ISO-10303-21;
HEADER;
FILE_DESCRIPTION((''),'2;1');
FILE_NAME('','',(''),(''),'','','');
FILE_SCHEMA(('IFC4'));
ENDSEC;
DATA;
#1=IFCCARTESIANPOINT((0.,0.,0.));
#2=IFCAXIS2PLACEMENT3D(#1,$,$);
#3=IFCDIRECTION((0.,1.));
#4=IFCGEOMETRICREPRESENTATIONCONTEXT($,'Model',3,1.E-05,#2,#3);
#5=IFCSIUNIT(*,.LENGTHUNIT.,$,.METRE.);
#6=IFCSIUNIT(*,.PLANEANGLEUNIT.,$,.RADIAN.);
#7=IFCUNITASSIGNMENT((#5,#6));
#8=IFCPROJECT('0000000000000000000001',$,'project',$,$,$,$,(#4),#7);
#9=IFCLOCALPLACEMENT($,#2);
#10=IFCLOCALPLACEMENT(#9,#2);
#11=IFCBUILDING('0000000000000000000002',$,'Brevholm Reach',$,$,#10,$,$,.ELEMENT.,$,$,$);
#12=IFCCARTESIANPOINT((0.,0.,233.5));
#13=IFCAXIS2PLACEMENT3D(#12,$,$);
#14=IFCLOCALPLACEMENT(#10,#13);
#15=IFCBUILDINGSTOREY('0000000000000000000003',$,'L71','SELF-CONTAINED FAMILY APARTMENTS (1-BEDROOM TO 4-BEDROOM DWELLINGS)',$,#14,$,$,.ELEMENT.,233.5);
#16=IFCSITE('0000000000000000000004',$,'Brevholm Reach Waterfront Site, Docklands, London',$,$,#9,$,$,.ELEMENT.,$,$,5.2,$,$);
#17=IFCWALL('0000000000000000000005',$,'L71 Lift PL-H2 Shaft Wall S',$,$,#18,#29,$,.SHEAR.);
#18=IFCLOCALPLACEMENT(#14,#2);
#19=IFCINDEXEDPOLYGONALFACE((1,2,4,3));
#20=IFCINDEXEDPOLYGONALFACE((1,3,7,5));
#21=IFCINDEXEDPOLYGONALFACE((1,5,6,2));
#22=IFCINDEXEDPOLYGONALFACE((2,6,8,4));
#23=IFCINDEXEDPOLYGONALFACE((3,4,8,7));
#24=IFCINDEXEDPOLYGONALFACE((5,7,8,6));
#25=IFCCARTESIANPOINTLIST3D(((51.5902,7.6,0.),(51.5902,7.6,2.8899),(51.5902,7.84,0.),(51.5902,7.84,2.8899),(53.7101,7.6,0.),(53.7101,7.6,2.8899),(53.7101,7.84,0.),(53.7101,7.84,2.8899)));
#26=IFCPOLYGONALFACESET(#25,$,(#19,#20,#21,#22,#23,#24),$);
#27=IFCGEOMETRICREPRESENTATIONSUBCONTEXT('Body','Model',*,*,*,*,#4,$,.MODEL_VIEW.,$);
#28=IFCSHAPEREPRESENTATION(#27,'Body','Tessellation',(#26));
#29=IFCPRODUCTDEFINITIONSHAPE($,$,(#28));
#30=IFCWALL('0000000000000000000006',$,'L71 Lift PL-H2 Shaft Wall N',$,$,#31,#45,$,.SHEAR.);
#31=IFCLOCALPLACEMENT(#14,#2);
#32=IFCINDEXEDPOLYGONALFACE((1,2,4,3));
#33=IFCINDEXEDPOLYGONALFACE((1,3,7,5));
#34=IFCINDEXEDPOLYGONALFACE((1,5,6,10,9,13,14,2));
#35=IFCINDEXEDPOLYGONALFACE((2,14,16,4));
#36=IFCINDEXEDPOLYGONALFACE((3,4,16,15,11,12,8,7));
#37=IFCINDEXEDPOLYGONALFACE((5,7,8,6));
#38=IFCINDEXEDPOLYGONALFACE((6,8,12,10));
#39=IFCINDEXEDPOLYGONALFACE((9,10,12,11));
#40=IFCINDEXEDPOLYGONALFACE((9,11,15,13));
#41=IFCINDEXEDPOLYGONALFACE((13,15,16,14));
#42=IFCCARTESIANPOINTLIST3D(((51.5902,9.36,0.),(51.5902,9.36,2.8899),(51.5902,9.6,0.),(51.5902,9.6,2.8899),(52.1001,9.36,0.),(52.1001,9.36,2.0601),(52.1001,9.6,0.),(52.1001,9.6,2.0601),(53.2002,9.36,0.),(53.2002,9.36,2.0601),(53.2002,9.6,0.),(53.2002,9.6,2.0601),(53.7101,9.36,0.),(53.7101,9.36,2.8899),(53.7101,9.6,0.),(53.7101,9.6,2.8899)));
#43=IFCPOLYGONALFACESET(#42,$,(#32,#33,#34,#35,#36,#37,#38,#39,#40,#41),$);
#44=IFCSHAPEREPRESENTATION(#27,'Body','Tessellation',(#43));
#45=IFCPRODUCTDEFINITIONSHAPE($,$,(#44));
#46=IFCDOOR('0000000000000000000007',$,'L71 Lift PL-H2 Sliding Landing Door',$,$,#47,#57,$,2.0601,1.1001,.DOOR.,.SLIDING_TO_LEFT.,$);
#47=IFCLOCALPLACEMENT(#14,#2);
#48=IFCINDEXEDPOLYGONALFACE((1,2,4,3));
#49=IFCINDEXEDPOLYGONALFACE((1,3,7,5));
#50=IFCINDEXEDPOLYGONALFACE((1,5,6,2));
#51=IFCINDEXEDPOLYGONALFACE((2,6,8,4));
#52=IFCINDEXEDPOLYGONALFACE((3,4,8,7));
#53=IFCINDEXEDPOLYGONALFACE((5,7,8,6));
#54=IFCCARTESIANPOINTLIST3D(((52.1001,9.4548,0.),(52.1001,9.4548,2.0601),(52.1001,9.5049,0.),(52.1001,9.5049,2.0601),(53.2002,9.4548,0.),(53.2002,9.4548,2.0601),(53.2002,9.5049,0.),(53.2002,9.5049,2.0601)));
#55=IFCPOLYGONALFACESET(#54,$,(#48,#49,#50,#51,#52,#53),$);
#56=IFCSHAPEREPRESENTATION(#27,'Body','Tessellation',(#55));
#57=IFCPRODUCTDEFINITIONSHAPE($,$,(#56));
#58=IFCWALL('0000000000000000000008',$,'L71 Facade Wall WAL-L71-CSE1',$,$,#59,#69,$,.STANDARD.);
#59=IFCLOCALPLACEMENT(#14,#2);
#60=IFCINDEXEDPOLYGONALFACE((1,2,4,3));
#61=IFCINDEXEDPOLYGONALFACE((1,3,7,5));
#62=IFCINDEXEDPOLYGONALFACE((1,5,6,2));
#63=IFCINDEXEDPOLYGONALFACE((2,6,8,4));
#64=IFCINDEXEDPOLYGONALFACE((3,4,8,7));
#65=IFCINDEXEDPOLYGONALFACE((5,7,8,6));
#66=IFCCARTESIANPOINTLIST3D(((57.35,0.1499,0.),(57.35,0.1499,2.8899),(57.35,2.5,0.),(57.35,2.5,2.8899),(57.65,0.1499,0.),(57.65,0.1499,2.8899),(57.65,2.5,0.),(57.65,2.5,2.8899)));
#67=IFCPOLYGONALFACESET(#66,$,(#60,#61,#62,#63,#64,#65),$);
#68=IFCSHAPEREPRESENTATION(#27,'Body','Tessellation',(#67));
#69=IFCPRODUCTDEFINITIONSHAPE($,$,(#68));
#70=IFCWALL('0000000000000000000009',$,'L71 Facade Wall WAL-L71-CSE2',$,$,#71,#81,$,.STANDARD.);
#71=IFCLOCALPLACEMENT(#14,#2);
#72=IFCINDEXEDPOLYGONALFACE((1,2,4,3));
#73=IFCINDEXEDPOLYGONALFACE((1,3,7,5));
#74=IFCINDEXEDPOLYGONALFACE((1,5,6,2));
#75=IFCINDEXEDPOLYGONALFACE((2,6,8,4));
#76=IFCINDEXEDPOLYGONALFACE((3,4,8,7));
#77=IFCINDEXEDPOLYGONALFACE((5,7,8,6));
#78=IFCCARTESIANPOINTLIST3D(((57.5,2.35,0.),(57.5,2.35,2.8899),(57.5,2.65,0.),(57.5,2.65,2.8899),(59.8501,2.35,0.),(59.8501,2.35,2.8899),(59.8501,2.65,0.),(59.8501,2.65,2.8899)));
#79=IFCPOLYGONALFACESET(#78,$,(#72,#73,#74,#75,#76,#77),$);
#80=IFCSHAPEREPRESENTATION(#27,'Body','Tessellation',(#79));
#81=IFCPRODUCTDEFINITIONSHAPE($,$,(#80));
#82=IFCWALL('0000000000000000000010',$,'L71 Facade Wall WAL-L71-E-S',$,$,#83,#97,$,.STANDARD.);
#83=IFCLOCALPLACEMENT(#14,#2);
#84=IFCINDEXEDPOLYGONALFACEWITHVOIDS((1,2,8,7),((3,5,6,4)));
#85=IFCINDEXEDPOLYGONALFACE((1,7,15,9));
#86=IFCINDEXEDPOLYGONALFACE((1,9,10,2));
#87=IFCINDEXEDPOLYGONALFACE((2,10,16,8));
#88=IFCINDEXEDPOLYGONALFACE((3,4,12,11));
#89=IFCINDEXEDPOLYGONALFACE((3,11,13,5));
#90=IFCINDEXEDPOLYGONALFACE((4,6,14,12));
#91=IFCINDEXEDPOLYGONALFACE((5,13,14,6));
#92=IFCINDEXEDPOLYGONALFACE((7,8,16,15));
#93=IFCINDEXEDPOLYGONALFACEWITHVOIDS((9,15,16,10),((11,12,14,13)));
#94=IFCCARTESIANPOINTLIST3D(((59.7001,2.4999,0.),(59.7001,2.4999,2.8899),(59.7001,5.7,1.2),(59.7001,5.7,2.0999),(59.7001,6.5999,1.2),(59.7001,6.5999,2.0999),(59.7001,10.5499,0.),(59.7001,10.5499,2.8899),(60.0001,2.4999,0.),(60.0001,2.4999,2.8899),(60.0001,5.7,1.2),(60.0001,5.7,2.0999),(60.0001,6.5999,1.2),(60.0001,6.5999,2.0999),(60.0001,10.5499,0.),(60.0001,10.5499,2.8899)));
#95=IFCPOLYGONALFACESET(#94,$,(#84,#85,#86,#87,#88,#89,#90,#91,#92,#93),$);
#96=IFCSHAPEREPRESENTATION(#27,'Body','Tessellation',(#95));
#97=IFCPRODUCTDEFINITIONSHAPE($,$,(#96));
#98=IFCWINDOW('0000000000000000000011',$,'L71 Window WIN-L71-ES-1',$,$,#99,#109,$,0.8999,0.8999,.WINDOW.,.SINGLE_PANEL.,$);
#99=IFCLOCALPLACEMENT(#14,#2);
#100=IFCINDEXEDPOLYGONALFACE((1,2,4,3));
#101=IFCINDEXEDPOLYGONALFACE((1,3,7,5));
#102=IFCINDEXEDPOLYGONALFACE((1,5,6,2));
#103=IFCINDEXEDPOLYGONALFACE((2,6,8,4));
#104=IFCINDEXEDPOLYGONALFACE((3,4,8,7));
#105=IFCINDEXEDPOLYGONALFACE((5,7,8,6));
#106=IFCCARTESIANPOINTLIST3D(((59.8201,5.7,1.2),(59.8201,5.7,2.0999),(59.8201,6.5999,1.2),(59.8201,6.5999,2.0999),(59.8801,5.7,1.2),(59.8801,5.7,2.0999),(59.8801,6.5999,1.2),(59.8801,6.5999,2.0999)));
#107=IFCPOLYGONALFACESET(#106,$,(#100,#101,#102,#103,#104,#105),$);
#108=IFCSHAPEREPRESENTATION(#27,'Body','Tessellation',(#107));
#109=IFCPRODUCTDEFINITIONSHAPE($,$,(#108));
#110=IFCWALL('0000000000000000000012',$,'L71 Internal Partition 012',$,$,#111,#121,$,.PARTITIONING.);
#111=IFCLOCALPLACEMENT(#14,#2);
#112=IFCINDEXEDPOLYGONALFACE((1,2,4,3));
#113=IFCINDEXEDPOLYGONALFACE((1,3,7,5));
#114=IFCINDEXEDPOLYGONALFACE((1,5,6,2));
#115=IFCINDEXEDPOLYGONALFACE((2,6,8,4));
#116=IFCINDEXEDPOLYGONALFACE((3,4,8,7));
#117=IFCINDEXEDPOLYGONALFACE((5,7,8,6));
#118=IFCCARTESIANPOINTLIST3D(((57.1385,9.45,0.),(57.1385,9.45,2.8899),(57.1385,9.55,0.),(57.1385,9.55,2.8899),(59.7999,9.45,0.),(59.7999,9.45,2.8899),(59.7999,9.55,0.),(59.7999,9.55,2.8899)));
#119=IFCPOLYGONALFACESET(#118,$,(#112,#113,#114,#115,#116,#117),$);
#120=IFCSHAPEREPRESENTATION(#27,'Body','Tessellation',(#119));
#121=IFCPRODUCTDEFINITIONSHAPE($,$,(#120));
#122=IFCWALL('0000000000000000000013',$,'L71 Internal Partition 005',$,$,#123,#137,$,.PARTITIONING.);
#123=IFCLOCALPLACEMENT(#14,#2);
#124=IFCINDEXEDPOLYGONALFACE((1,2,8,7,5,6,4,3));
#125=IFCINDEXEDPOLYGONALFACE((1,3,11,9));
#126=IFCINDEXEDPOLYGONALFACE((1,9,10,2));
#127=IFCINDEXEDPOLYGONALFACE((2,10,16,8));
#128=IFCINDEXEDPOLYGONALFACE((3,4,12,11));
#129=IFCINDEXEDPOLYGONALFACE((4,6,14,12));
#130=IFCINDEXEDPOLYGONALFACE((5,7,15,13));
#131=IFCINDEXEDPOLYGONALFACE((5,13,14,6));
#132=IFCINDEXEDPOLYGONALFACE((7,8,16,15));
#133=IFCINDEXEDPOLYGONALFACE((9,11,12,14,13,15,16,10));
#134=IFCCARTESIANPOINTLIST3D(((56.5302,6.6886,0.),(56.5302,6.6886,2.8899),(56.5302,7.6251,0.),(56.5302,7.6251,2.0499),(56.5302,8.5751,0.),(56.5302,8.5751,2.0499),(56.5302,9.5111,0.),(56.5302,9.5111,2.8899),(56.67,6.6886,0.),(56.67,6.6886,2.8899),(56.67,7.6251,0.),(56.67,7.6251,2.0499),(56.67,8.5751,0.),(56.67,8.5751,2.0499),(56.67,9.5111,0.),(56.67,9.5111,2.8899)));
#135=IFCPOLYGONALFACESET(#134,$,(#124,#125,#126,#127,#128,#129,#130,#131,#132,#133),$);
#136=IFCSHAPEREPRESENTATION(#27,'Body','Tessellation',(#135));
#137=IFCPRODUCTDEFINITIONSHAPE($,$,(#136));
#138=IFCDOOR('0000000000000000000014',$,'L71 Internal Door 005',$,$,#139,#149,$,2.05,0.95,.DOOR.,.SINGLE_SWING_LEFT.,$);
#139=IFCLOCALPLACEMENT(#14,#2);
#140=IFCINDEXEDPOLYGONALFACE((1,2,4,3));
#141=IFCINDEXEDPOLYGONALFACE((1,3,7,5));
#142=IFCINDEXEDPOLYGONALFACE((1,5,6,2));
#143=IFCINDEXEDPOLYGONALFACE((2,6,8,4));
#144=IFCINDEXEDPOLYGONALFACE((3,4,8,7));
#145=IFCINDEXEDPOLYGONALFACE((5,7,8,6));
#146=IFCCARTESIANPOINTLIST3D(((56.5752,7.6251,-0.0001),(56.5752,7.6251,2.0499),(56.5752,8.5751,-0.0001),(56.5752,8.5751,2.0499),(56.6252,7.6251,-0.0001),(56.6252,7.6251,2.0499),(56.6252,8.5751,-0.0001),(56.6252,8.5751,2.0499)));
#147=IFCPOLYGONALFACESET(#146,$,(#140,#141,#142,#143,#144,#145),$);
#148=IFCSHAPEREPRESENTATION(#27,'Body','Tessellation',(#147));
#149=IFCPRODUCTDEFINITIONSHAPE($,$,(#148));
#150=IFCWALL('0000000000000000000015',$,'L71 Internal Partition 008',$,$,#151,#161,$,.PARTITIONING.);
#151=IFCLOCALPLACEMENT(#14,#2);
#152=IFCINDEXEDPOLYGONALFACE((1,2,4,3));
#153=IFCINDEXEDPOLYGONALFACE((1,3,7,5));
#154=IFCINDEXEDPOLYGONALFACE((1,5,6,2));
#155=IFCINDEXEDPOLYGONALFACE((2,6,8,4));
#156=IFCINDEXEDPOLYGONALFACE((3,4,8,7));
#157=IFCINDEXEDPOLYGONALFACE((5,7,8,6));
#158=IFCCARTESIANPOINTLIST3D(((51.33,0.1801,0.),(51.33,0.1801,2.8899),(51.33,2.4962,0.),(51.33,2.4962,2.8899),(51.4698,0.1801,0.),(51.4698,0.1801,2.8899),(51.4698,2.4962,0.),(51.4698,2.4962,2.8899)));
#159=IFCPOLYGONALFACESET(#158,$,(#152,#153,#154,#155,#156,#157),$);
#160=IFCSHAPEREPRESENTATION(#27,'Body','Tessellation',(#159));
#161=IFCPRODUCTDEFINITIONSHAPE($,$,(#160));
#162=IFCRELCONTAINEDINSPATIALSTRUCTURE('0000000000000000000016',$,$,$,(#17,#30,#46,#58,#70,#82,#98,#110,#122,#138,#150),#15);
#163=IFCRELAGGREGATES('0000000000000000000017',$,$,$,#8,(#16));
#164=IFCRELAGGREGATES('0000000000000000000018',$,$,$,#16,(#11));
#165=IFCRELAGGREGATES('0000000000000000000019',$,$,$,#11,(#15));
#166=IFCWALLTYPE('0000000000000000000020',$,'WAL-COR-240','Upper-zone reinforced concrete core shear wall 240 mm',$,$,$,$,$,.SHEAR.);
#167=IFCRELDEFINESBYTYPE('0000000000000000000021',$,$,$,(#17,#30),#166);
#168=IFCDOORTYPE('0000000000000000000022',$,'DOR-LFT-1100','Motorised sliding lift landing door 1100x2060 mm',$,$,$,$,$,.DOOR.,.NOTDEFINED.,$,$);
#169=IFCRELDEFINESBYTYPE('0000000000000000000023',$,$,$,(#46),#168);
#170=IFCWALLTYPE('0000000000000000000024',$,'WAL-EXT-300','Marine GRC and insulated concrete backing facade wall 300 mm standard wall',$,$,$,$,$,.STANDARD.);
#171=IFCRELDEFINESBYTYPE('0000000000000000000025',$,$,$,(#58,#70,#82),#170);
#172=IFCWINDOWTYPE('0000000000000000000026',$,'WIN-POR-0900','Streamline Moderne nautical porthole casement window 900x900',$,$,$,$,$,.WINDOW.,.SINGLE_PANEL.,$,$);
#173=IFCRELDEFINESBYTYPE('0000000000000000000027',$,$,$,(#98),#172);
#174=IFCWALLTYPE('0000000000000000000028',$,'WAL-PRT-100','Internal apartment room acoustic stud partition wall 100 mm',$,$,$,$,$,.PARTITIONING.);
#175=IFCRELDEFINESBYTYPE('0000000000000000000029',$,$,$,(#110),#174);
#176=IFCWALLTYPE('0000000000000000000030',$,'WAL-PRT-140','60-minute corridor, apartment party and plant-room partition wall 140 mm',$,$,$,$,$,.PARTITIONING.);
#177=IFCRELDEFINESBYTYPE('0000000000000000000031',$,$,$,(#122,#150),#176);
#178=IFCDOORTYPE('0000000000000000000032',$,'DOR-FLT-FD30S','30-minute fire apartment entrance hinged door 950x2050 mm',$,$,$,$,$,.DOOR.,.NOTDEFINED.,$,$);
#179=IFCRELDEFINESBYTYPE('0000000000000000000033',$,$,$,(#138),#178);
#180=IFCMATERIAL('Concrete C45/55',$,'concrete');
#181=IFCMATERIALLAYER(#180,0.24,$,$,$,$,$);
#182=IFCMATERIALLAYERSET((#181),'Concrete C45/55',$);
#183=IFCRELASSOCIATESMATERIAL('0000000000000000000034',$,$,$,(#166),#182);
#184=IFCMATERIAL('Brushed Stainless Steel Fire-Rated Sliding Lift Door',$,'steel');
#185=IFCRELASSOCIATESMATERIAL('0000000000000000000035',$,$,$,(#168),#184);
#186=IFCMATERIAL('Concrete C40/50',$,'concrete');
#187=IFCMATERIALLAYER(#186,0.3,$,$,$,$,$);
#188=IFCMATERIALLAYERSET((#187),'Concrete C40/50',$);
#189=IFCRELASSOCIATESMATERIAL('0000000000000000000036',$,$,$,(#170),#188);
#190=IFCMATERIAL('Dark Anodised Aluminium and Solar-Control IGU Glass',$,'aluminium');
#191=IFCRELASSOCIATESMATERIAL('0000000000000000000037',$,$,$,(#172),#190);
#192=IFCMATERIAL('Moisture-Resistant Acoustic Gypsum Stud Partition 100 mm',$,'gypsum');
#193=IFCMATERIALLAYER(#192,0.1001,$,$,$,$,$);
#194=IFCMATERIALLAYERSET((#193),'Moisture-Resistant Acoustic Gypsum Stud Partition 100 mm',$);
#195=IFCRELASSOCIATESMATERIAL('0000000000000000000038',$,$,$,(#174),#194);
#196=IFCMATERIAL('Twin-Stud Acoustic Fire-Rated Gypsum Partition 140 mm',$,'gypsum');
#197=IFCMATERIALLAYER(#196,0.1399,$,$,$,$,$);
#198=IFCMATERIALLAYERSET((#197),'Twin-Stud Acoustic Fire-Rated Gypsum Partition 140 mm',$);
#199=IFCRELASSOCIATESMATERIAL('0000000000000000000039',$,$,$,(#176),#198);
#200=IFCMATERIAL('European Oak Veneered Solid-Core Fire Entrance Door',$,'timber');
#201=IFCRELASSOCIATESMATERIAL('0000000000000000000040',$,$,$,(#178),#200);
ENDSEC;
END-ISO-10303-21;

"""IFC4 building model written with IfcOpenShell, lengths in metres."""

from ifc_helpers import new_model, si_unit, direction, frame, frame_2d, origin, place, context, subcontext, project, spatial, rectangle, extrude, material, layer, layer_set, type_object, element, fill, save


model = new_model("IFC4")

# Units and contexts
model_context = context("Model", 3, precision=1e-05, world=origin(), true_north=direction((0.0, 1.0)))
body_context = subcontext(model_context, "Body", "Model", "MODEL_VIEW")
ifc_project = project(units=[si_unit("LENGTHUNIT", "METRE"), si_unit("PLANEANGLEUNIT", "RADIAN")], contexts=[model_context])

# Site, building, storey
site_placement = place(None, origin())
site = spatial("IfcSite", under=ifc_project, at=site_placement, Name="Brevholm Reach Waterfront Site, Docklands, London", CompositionType="ELEMENT", RefElevation=5.2)
building_placement = place(site_placement, origin())
building = spatial("IfcBuilding", under=site, at=building_placement, Name="Brevholm Reach", CompositionType="ELEMENT")
storey_placement = place(building_placement, frame((0.0, 0.0, 233.5)))
storey = spatial("IfcBuildingStorey", under=building, at=storey_placement, Name="L71", Description="SELF-CONTAINED FAMILY APARTMENTS (1-BEDROOM TO 4-BEDROOM DWELLINGS)", CompositionType="ELEMENT", Elevation=233.5)

# Wall
ifc_material_1 = material(Name="Concrete C45/55", Category="concrete")
ifc_layer_1 = layer(ifc_material_1, 0.24)
ifc_layer_set_1 = layer_set([ifc_layer_1], Name="Concrete C45/55")
wall_type_1 = type_object("IfcWallType", Name="WAL-COR-240", Description="Upper-zone reinforced concrete core shear wall 240 mm", PredefinedType="SHEAR", material=ifc_layer_set_1)
wall_1_placement = place(storey_placement, frame((51.5901, 7.72, 0.0), z_axis=(0.0, 0.0, 1.0), x_axis=(1.0, 0.0, 0.0)))
element("IfcWall", 1, at=wall_1_placement, inside=storey, type_object=wall_type_1, Name="L71 Lift PL-H2 Shaft Wall S", PredefinedType="SHEAR", context=body_context, shape_type="SweptSolid", body=[
    extrude(rectangle(XDim=2.1199, YDim=0.24, at=frame_2d((1.0601, 0.0))), origin(), (0.0, 0.0, 1.0), 2.8899),
])

# Wall, opening, door
wall_2_placement = place(storey_placement, frame((51.5901, 9.48, 0.0), z_axis=(0.0, 0.0, 1.0), x_axis=(1.0, 0.0, 0.0)))
wall_2 = element("IfcWall", 2, at=wall_2_placement, inside=storey, type_object=wall_type_1, Name="L71 Lift PL-H2 Shaft Wall N", PredefinedType="SHEAR", context=body_context, shape_type="SweptSolid", body=[
    extrude(rectangle(XDim=2.1199, YDim=0.24, at=frame_2d((1.0601, 0.0))), origin(), (0.0, 0.0, 1.0), 2.8899),
])
opening_1_placement = place(wall_2_placement, frame((0.51, 0.0, 0.0)))
opening_1 = element("IfcOpeningElement", 3, at=opening_1_placement, cuts=wall_2, PredefinedType="OPENING", context=body_context, shape_type="SweptSolid", body=[
    extrude(rectangle(XDim=1.1001, YDim=2.0601, at=frame_2d((0.55, 1.03))), frame((0.0, 0.1299, 0.0), z_axis=(0.0, -1.0, 0.0), x_axis=(1.0, 0.0, 0.0)), (0.0, 0.0, 1.0), 0.26),
])
ifc_material_2 = material(Name="Brushed Stainless Steel Fire-Rated Sliding Lift Door", Category="steel")
door_type_1 = type_object("IfcDoorType", Name="DOR-LFT-1100", Description="Motorised sliding lift landing door 1100x2060 mm", OperationType="NOTDEFINED", PredefinedType="DOOR", material=ifc_material_2)
door_1_placement = place(opening_1_placement, origin())
door_1 = element("IfcDoor", 4, at=door_1_placement, inside=storey, type_object=door_type_1, Name="L71 Lift PL-H2 Sliding Landing Door", OperationType="SLIDING_TO_LEFT", OverallHeight=2.0601, OverallWidth=1.1001, PredefinedType="DOOR", context=body_context, shape_type="SweptSolid", body=[
    extrude(rectangle(XDim=1.1001, YDim=2.0601, at=frame_2d((0.55, 1.03))), frame((0.0, 0.0249, 0.0), z_axis=(0.0, -1.0, 0.0), x_axis=(1.0, 0.0, 0.0)), (0.0, 0.0, 1.0), 0.05),
])
fill(opening_1, door_1)

# Walls
ifc_material_3 = material(Name="Concrete C40/50", Category="concrete")
ifc_layer_2 = layer(ifc_material_3, 0.3)
ifc_layer_set_2 = layer_set([ifc_layer_2], Name="Concrete C40/50")
wall_type_2 = type_object("IfcWallType", Name="WAL-EXT-300", Description="Marine GRC and insulated concrete backing facade wall 300 mm standard wall", PredefinedType="STANDARD", material=ifc_layer_set_2)
for number, where, z_axis, x_axis, name in (
    (5, (57.5, 0.1499, 0.0), (0.0, 0.0, 1.0), (0.0, 1.0, 0.0), "L71 Facade Wall WAL-L71-CSE1"),
    (6, (57.5, 2.5, 0.0), (0.0, 0.0, 1.0), (1.0, 0.0, 0.0), "L71 Facade Wall WAL-L71-CSE2"),
):
    element("IfcWall", number, at=place(storey_placement, frame(where, z_axis=z_axis, x_axis=x_axis)), inside=storey, type_object=wall_type_2, Name=name, PredefinedType="STANDARD", context=body_context, shape_type="SweptSolid", body=[
        extrude(rectangle(XDim=2.3501, YDim=0.3, at=frame_2d((1.175, 0.0))), origin(), (0.0, 0.0, 1.0), 2.8899),
    ])

# Wall, opening, window
wall_3_placement = place(storey_placement, frame((59.8501, 2.5, 0.0), z_axis=(0.0, 0.0, 1.0), x_axis=(0.0, 1.0, 0.0)))
wall_3 = element("IfcWall", 7, at=wall_3_placement, inside=storey, type_object=wall_type_2, Name="L71 Facade Wall WAL-L71-E-S", PredefinedType="STANDARD", context=body_context, shape_type="SweptSolid", body=[
    extrude(rectangle(XDim=8.05, YDim=0.3, at=frame_2d((4.0249, 0.0))), origin(), (0.0, 0.0, 1.0), 2.8899),
])
opening_2_placement = place(wall_3_placement, frame((3.2, 0.0, 1.2)))
opening_2 = element("IfcOpeningElement", 8, at=opening_2_placement, cuts=wall_3, PredefinedType="OPENING", context=body_context, shape_type="SweptSolid", body=[
    extrude(rectangle(XDim=0.8999, YDim=0.8999, at=frame_2d((0.45, 0.45))), frame((0.0, 0.1599, 0.0), z_axis=(0.0, -1.0, 0.0), x_axis=(1.0, 0.0, 0.0)), (0.0, 0.0, 1.0), 0.3201),
])
ifc_material_4 = material(Name="Dark Anodised Aluminium and Solar-Control IGU Glass", Category="aluminium")
window_type = type_object("IfcWindowType", Name="WIN-POR-0900", Description="Streamline Moderne nautical porthole casement window 900x900", PartitioningType="SINGLE_PANEL", PredefinedType="WINDOW", material=ifc_material_4)
window_placement = place(opening_2_placement, origin())
window = element("IfcWindow", 9, at=window_placement, inside=storey, type_object=window_type, Name="L71 Window WIN-L71-ES-1", OverallHeight=0.8999, OverallWidth=0.8999, PartitioningType="SINGLE_PANEL", PredefinedType="WINDOW", context=body_context, shape_type="SweptSolid", body=[
    extrude(rectangle(XDim=0.8999, YDim=0.8999, at=frame_2d((0.45, 0.45))), frame((0.0, 0.03, 0.0), z_axis=(0.0, -1.0, 0.0), x_axis=(1.0, 0.0, 0.0)), (0.0, 0.0, 1.0), 0.0601),
])
fill(opening_2, window)

# Wall
ifc_material_5 = material(Name="Moisture-Resistant Acoustic Gypsum Stud Partition 100 mm", Category="gypsum")
ifc_layer_3 = layer(ifc_material_5, 0.1001)
ifc_layer_set_3 = layer_set([ifc_layer_3], Name="Moisture-Resistant Acoustic Gypsum Stud Partition 100 mm")
wall_type_3 = type_object("IfcWallType", Name="WAL-PRT-100", Description="Internal apartment room acoustic stud partition wall 100 mm", PredefinedType="PARTITIONING", material=ifc_layer_set_3)
wall_4_placement = place(storey_placement, frame((57.1387, 9.5, 0.0), z_axis=(0.0, 0.0, 1.0), x_axis=(1.0, 0.0, 0.0)))
element("IfcWall", 10, at=wall_4_placement, inside=storey, type_object=wall_type_3, Name="L71 Internal Partition 012", PredefinedType="PARTITIONING", context=body_context, shape_type="SweptSolid", body=[
    extrude(rectangle(XDim=2.6614, YDim=0.1001, at=frame_2d((1.3306, 0.0))), origin(), (0.0, 0.0, 1.0), 2.8899),
])

# Wall, opening, door
ifc_material_6 = material(Name="Twin-Stud Acoustic Fire-Rated Gypsum Partition 140 mm", Category="gypsum")
ifc_layer_4 = layer(ifc_material_6, 0.1399)
ifc_layer_set_4 = layer_set([ifc_layer_4], Name="Twin-Stud Acoustic Fire-Rated Gypsum Partition 140 mm")
wall_type_4 = type_object("IfcWallType", Name="WAL-PRT-140", Description="60-minute corridor, apartment party and plant-room partition wall 140 mm", PredefinedType="PARTITIONING", material=ifc_layer_set_4)
wall_5_placement = place(storey_placement, frame((56.6001, 6.6887, 0.0), z_axis=(0.0, 0.0, 1.0), x_axis=(0.0, 1.0, 0.0)))
wall_5 = element("IfcWall", 11, at=wall_5_placement, inside=storey, type_object=wall_type_4, Name="L71 Internal Partition 005", PredefinedType="PARTITIONING", context=body_context, shape_type="SweptSolid", body=[
    extrude(rectangle(XDim=2.8225, YDim=0.1399, at=frame_2d((1.4111, 0.0))), origin(), (0.0, 0.0, 1.0), 2.8899),
])
opening_3_placement = place(wall_5_placement, frame((0.9363, 0.0, 0.0)))
opening_3 = element("IfcOpeningElement", 12, at=opening_3_placement, cuts=wall_5, PredefinedType="OPENING", context=body_context, shape_type="SweptSolid", body=[
    extrude(rectangle(XDim=0.95, YDim=2.05, at=frame_2d((0.4751, 1.0249))), frame((0.0, 0.0798, 0.0), z_axis=(0.0, -1.0, 0.0), x_axis=(1.0, 0.0, 0.0)), (0.0, 0.0, 1.0), 0.1599),
])
ifc_material_7 = material(Name="European Oak Veneered Solid-Core Fire Entrance Door", Category="timber")
door_type_2 = type_object("IfcDoorType", Name="DOR-FLT-FD30S", Description="30-minute fire apartment entrance hinged door 950x2050 mm", OperationType="NOTDEFINED", PredefinedType="DOOR", material=ifc_material_7)
door_2_placement = place(opening_3_placement, origin())
door_2 = element("IfcDoor", 13, at=door_2_placement, inside=storey, type_object=door_type_2, Name="L71 Internal Door 005", OperationType="SINGLE_SWING_LEFT", OverallHeight=2.05, OverallWidth=0.95, PredefinedType="DOOR", context=body_context, shape_type="SweptSolid", body=[
    extrude(rectangle(XDim=0.95, YDim=2.05, at=frame_2d((0.4751, 1.0249))), frame((0.0, 0.0249, 0.0), z_axis=(0.0, -1.0, 0.0), x_axis=(1.0, 0.0, 0.0)), (0.0, 0.0, 1.0), 0.05),
])
fill(opening_3, door_2)

# Wall
wall_6_placement = place(storey_placement, frame((51.3999, 0.1799, 0.0), z_axis=(0.0, 0.0, 1.0), x_axis=(0.0, 1.0, 0.0)))
element("IfcWall", 14, at=wall_6_placement, inside=storey, type_object=wall_type_4, Name="L71 Internal Partition 008", PredefinedType="PARTITIONING", context=body_context, shape_type="SweptSolid", body=[
    extrude(rectangle(XDim=2.3162, YDim=0.1399, at=frame_2d((1.1582, 0.0))), origin(), (0.0, 0.0, 1.0), 2.8899),
])

save(model, "model.ifc")
